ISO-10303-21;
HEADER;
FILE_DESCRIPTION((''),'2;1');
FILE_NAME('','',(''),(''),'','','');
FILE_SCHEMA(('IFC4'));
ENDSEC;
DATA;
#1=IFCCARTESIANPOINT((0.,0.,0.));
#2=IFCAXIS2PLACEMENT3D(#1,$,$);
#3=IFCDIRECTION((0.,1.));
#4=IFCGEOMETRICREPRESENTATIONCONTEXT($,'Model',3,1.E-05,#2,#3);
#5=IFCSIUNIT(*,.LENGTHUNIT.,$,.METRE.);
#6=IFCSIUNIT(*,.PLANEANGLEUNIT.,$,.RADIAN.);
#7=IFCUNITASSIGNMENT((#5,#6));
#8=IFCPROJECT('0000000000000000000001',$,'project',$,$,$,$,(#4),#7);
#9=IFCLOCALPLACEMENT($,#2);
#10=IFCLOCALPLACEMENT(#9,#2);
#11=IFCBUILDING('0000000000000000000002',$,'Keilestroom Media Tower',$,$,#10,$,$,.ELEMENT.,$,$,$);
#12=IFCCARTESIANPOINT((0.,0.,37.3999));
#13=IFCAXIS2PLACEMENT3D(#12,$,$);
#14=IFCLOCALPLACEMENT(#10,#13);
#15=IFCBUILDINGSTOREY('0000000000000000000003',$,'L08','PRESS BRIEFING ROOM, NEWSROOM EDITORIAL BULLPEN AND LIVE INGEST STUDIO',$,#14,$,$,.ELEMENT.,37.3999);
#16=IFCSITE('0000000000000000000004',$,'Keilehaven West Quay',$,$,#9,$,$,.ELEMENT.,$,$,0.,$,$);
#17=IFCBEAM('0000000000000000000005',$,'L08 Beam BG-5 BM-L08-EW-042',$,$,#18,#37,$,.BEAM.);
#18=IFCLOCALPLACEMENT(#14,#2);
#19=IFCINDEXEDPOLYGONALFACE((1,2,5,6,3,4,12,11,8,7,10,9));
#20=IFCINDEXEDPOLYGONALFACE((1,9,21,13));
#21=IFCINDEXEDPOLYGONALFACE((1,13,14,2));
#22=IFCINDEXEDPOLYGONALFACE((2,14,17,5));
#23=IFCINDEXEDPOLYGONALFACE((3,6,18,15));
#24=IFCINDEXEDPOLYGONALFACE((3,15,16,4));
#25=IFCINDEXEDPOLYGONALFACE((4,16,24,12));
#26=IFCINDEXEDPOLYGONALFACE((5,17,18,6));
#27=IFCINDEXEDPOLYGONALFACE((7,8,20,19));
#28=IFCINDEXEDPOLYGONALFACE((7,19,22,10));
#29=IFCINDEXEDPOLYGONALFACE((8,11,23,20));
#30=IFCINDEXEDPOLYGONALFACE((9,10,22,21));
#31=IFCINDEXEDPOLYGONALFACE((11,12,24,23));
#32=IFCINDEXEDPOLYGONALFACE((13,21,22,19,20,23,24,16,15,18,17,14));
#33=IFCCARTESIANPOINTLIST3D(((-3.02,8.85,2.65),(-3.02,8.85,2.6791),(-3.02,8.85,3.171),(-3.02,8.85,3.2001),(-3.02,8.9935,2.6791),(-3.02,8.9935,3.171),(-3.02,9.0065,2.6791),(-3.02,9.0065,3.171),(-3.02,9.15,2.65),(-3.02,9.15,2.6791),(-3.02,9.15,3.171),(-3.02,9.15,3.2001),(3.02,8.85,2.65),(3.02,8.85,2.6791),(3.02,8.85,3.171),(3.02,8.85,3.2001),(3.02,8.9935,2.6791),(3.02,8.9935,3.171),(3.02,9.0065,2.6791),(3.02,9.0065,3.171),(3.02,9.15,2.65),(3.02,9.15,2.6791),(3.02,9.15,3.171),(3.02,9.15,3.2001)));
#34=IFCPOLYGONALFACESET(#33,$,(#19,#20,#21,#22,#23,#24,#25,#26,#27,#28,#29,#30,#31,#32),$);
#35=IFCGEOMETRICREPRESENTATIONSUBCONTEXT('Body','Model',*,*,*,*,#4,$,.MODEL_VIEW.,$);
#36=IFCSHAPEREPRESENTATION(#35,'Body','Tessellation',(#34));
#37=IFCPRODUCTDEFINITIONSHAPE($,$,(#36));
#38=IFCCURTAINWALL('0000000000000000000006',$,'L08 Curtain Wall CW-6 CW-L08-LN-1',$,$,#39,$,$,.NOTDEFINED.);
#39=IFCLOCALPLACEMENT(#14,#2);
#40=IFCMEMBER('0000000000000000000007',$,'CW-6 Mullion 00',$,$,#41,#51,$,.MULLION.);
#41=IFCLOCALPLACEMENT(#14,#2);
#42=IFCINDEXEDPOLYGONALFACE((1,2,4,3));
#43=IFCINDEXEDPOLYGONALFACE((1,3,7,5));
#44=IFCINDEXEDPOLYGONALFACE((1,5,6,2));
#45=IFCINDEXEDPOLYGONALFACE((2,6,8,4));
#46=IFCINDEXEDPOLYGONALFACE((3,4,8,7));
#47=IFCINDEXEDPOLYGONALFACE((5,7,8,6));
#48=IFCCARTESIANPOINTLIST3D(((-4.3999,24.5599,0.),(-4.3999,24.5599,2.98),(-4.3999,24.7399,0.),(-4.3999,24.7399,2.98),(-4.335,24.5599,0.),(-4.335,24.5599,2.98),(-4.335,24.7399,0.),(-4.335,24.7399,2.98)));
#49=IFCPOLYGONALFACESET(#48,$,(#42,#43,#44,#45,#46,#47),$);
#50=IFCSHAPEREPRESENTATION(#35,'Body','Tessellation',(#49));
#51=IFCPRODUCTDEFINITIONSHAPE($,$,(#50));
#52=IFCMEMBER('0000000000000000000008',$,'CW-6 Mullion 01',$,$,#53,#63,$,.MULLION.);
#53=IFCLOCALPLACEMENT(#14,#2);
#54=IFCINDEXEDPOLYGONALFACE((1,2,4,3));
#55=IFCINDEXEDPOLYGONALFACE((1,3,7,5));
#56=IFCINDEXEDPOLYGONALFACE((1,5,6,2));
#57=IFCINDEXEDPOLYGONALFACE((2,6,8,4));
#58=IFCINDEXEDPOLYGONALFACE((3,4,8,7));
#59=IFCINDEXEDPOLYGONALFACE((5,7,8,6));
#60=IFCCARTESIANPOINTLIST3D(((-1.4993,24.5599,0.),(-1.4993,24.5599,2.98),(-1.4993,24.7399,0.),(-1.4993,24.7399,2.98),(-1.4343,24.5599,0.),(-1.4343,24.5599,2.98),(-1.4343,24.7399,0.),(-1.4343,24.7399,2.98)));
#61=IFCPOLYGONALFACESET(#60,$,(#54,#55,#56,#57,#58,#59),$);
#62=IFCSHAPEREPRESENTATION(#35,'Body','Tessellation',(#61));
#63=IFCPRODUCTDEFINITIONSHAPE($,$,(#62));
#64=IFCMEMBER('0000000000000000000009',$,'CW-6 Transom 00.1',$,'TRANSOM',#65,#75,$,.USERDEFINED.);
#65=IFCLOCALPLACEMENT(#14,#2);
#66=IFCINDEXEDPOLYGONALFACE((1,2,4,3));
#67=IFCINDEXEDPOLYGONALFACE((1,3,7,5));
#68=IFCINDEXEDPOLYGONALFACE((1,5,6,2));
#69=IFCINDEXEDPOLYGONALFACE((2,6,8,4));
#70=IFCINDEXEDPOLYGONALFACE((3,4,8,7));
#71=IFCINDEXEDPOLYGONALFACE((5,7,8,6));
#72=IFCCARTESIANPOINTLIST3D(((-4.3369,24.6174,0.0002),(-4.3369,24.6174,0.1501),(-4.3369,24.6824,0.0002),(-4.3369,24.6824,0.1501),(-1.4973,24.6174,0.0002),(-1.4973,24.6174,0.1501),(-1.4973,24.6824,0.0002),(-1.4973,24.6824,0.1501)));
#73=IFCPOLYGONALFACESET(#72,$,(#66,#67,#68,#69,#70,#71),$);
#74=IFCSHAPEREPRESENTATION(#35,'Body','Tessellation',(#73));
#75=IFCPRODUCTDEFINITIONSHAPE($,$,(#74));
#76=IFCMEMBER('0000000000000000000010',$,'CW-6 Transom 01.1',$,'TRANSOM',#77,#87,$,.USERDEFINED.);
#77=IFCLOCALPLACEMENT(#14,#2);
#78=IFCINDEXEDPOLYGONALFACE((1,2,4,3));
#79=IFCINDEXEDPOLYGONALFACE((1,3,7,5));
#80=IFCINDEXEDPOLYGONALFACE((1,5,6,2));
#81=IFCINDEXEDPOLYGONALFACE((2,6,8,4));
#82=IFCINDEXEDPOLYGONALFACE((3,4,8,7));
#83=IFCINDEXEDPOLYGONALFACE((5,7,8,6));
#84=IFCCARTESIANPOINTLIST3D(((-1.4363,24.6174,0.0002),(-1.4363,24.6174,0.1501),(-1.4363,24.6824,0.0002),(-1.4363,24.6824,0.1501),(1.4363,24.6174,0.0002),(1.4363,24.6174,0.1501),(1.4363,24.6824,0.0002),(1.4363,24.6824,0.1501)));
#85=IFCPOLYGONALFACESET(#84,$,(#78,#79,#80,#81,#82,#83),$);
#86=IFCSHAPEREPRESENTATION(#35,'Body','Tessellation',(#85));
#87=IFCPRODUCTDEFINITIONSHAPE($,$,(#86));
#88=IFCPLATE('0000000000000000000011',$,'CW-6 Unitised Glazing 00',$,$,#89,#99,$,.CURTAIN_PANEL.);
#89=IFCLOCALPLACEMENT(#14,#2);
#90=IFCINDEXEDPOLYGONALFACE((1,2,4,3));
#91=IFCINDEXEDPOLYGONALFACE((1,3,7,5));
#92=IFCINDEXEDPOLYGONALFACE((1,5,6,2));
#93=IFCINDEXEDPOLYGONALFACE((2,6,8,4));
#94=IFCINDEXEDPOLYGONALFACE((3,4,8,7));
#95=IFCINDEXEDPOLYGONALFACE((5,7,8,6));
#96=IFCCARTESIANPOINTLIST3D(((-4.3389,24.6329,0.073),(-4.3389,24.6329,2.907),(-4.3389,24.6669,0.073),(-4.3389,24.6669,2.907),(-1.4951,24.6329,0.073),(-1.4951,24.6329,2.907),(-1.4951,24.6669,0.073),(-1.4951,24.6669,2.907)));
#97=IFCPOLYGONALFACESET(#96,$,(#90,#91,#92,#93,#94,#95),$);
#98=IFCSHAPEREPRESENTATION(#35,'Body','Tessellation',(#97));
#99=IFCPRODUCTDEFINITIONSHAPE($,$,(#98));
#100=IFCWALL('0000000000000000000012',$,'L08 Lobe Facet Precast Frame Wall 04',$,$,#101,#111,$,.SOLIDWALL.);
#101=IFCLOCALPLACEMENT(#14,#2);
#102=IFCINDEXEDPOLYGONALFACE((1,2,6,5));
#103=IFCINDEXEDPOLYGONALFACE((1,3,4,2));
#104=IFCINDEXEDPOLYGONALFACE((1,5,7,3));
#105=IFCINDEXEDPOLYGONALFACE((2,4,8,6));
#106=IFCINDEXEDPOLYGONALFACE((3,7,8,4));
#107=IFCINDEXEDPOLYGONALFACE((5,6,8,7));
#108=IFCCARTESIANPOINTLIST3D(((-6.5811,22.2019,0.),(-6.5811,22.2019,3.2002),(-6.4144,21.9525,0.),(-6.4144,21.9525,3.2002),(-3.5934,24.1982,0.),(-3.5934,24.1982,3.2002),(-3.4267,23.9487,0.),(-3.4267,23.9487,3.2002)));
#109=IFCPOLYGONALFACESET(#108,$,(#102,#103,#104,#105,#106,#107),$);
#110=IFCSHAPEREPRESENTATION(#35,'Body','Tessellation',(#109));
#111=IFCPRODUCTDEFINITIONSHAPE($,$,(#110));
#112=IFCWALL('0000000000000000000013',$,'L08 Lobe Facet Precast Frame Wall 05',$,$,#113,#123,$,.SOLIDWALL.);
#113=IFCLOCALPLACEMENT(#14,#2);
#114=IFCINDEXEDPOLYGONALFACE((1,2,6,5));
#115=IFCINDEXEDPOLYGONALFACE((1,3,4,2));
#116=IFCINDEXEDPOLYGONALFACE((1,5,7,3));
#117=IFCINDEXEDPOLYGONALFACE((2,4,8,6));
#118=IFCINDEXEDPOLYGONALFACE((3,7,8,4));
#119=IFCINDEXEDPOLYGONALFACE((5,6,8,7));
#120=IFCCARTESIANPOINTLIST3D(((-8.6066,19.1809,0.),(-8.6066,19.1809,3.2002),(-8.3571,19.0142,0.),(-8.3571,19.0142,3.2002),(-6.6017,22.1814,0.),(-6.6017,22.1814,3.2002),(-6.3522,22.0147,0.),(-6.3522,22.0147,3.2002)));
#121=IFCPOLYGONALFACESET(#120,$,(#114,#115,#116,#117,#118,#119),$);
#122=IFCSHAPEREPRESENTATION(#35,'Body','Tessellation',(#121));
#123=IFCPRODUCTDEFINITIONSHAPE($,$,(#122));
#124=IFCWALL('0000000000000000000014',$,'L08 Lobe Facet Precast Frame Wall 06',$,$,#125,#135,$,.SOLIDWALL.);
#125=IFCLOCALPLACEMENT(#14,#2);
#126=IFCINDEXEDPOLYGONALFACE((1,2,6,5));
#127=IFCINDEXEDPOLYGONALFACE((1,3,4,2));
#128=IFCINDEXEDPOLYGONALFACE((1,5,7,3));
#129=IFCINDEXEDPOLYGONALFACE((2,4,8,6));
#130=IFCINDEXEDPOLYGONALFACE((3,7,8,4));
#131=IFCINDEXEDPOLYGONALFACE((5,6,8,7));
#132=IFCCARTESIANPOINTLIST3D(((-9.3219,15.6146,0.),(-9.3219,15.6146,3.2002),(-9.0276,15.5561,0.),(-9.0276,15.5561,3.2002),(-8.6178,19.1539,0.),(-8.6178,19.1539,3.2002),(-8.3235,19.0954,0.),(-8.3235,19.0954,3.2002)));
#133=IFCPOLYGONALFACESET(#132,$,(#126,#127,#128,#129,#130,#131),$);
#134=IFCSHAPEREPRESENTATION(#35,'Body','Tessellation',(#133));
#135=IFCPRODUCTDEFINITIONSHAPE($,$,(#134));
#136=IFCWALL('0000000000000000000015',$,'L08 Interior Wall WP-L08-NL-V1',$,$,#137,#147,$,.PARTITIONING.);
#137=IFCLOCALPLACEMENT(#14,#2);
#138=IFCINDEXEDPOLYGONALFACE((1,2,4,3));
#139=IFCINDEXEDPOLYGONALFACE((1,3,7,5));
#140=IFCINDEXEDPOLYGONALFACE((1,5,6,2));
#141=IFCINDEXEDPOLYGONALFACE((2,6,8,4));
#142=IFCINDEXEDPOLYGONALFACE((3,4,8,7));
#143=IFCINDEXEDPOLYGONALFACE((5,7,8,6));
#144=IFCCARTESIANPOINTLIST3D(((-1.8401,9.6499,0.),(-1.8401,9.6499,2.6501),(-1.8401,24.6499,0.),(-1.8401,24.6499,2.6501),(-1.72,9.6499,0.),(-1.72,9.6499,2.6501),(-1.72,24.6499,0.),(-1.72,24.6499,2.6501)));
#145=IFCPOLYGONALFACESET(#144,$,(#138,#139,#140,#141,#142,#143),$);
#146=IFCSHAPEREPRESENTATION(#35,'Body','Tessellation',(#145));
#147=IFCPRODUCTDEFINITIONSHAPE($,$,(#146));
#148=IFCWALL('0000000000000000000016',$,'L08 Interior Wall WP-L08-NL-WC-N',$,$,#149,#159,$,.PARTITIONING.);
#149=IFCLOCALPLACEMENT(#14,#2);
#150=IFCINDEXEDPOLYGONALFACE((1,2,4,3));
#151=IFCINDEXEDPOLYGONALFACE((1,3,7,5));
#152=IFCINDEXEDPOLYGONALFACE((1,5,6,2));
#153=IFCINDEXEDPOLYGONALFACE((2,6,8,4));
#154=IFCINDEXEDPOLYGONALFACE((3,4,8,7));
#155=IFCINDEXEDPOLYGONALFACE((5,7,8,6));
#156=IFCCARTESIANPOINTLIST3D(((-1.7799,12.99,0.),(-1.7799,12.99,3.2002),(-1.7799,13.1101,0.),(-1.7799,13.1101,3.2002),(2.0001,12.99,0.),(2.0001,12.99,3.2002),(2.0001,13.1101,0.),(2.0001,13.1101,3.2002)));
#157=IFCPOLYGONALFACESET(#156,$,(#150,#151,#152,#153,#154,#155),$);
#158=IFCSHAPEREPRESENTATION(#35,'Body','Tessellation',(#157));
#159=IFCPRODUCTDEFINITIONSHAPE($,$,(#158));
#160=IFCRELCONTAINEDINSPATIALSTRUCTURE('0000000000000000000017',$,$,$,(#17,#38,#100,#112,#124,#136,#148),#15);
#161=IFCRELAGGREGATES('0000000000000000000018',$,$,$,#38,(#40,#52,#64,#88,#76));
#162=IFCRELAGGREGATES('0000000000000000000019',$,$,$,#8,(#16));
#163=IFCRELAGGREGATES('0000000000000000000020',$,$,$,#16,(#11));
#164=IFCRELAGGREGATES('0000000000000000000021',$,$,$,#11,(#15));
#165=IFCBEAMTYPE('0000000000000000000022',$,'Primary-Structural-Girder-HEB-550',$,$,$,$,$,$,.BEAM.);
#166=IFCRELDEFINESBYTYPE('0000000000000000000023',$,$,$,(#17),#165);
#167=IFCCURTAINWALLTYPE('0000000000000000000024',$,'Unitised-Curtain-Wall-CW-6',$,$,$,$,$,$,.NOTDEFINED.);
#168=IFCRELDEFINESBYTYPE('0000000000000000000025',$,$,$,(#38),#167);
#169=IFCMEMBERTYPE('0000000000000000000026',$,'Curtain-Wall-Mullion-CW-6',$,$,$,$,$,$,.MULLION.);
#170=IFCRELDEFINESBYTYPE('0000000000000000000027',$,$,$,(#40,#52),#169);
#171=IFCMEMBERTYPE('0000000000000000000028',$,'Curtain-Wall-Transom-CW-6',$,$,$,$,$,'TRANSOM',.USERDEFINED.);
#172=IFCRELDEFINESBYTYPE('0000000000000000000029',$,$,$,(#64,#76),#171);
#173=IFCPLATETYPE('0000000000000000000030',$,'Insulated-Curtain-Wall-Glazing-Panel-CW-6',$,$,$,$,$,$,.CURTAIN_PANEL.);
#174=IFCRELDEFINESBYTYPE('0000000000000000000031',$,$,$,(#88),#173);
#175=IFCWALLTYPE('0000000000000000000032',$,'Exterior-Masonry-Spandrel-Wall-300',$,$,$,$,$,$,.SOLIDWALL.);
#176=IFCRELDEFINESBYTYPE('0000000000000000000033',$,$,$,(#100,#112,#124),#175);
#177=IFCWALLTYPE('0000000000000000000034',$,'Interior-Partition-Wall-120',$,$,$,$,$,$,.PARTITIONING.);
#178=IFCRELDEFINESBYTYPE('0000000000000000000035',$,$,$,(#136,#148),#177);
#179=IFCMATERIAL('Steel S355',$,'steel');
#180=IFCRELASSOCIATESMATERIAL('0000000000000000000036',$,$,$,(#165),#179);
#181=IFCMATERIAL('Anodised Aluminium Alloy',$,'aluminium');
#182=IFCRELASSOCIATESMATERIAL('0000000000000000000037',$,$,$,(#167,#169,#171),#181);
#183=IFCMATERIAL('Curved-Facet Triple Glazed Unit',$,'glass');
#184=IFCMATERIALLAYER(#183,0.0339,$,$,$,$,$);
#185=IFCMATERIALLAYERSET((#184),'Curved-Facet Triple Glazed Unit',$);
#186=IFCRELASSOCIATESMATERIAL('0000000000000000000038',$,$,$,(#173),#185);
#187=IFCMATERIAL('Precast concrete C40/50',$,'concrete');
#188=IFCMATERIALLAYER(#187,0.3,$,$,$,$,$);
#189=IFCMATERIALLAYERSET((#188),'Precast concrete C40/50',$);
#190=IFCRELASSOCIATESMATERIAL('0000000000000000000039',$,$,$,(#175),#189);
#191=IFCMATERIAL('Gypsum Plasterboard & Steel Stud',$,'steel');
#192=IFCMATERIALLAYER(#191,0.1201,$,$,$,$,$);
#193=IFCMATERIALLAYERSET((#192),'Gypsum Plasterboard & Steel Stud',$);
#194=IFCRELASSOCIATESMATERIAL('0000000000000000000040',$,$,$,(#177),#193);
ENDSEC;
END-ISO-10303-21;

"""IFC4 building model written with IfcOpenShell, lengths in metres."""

from ifc_helpers import new_model, si_unit, direction, frame, frame_2d, origin, origin_2d, place, context, subcontext, project, spatial, rectangle, i_section, extrude, source, transform, mapped, material, layer, layer_set, material_profile, profile_set, type_object, element, aggregate, save


model = new_model("IFC4")

# Units and contexts
model_context = context("Model", 3, precision=1e-05, world=origin(), true_north=direction((0.0, 1.0)))
body_context = subcontext(model_context, "Body", "Model", "MODEL_VIEW")
ifc_project = project(units=[si_unit("LENGTHUNIT", "METRE"), si_unit("PLANEANGLEUNIT", "RADIAN")], contexts=[model_context])

# Site, building, storey
site_placement = place(None, origin())
site = spatial("IfcSite", under=ifc_project, at=site_placement, Name="Keilehaven West Quay", CompositionType="ELEMENT", RefElevation=0.0)
building_placement = place(site_placement, origin())
building = spatial("IfcBuilding", under=site, at=building_placement, Name="Keilestroom Media Tower", CompositionType="ELEMENT")
storey_placement = place(building_placement, frame((0.0, 0.0, 37.3999)))
storey = spatial("IfcBuildingStorey", under=building, at=storey_placement, Name="L08", Description="PRESS BRIEFING ROOM, NEWSROOM EDITORIAL BULLPEN AND LIVE INGEST STUDIO", CompositionType="ELEMENT", Elevation=37.3999)

# Beam
ifc_material_1 = material(Name="Steel S355", Category="steel")
ifc_material_profile_1 = material_profile(ifc_material_1, i_section(OverallWidth=0.3, OverallDepth=0.55, WebThickness=0.0129, FlangeThickness=0.0291, at=origin_2d()), Name="HEB 550")
ifc_profile_set_1 = profile_set([ifc_material_profile_1], Name="Steel S355")
beam_type = type_object("IfcBeamType", Name="Primary-Structural-Girder-HEB-550", PredefinedType="BEAM", material=ifc_profile_set_1)
shared_shape_1 = source(origin(), body_context, "Body", "SweptSolid", [
    extrude(i_section(OverallWidth=0.3, OverallDepth=0.55, WebThickness=0.0129, FlangeThickness=0.0291, at=origin_2d()), origin(), (0.0, 0.0, 1.0), 6.04),
])
beam_1_placement = place(storey_placement, frame((-3.02, 9.0, 2.925), z_axis=(1.0, 0.0, 0.0), x_axis=(0.0, 1.0, 0.0)))
element("IfcBeam", 1, at=beam_1_placement, inside=storey, type_object=beam_type, Name="L08 Beam BG-5 BM-L08-EW-042", PredefinedType="BEAM", context=body_context, shape_type="MappedRepresentation", body=[
    mapped(shared_shape_1, transform((0.0, 0.0, 0.0), x_axis=(1.0, 0.0, 0.0), y_axis=(0.0, 1.0, 0.0), z_axis=(0.0, 0.0, 1.0), scale=1.0)),
])

# Curtain wall, members, plate
ifc_material_2 = material(Name="Anodised Aluminium Alloy", Category="aluminium")
curtain_wall_type = type_object("IfcCurtainWallType", Name="Unitised-Curtain-Wall-CW-6", PredefinedType="NOTDEFINED", material=ifc_material_2)
curtain_wall_placement = place(storey_placement, origin())
curtain_wall = element("IfcCurtainWall", 2, at=curtain_wall_placement, inside=storey, type_object=curtain_wall_type, Name="L08 Curtain Wall CW-6 CW-L08-LN-1", PredefinedType="NOTDEFINED")
ifc_material_profile_2 = material_profile(ifc_material_2, rectangle(XDim=0.0649, YDim=0.1799, at=origin_2d()), Name="ALU MULLION 65x180")
ifc_profile_set_2 = profile_set([ifc_material_profile_2], Name="Anodised Aluminium Alloy")
member_type_1 = type_object("IfcMemberType", Name="Curtain-Wall-Mullion-CW-6", PredefinedType="MULLION", material=ifc_profile_set_2)
shared_shape_2 = source(origin(), body_context, "Body", "SweptSolid", [
    extrude(rectangle(XDim=0.0649, YDim=0.1799, at=origin_2d()), origin(), (0.0, 0.0, 1.0), 2.98),
])
member_1_placement = place(storey_placement, frame((-4.3674, 24.6499, 0.0), z_axis=(0.0, 0.0, 1.0), x_axis=(1.0, 0.0, 0.0)))
member_1 = element("IfcMember", 3, at=member_1_placement, type_object=member_type_1, Name="CW-6 Mullion 00", PredefinedType="MULLION", context=body_context, shape_type="MappedRepresentation", body=[
    mapped(shared_shape_2, transform((0.0, 0.0, 0.0), x_axis=(1.0, 0.0, 0.0), y_axis=(0.0, 1.0, 0.0), z_axis=(0.0, 0.0, 1.0), scale=1.0)),
])
member_2_placement = place(storey_placement, frame((-1.4668, 24.6499, 0.0), z_axis=(0.0, 0.0, 1.0), x_axis=(1.0, 0.0, 0.0)))
member_2 = element("IfcMember", 4, at=member_2_placement, type_object=member_type_1, Name="CW-6 Mullion 01", PredefinedType="MULLION", context=body_context, shape_type="MappedRepresentation", body=[
    mapped(shared_shape_2, transform((0.0, 0.0, 0.0), x_axis=(1.0, 0.0, 0.0), y_axis=(0.0, 1.0, 0.0), z_axis=(0.0, 0.0, 1.0), scale=1.0)),
])
ifc_material_profile_3 = material_profile(ifc_material_2, rectangle(XDim=0.0649, YDim=0.1499, at=origin_2d()), Name="ALU TRANSOM 65x150")
ifc_profile_set_3 = profile_set([ifc_material_profile_3], Name="Anodised Aluminium Alloy")
member_type_2 = type_object("IfcMemberType", Name="Curtain-Wall-Transom-CW-6", ElementType="TRANSOM", PredefinedType="USERDEFINED", material=ifc_profile_set_3)
shared_shape_3 = source(origin(), body_context, "Body", "SweptSolid", [
    extrude(rectangle(XDim=0.0649, YDim=0.1499, at=origin_2d()), origin(), (0.0, 0.0, 1.0), 2.8396),
])
member_3_placement = place(storey_placement, frame((-4.3369, 24.6499, 0.0752), z_axis=(1.0, 0.0, 0.0), x_axis=(0.0, 1.0, 0.0)))
member_3 = element("IfcMember", 5, at=member_3_placement, type_object=member_type_2, Name="CW-6 Transom 00.1", ObjectType="TRANSOM", PredefinedType="USERDEFINED", context=body_context, shape_type="MappedRepresentation", body=[
    mapped(shared_shape_3, transform((0.0, 0.0, 0.0), x_axis=(1.0, 0.0, 0.0), y_axis=(0.0, 1.0, 0.0), z_axis=(0.0, 0.0, 1.0), scale=1.0)),
])
shared_shape_4 = source(origin(), body_context, "Body", "SweptSolid", [
    extrude(rectangle(XDim=0.0649, YDim=0.1499, at=origin_2d()), origin(), (0.0, 0.0, 1.0), 2.8726),
])
member_4_placement = place(storey_placement, frame((-1.4363, 24.6499, 0.0752), z_axis=(1.0, 0.0, 0.0), x_axis=(0.0, 1.0, 0.0)))
member_4 = element("IfcMember", 6, at=member_4_placement, type_object=member_type_2, Name="CW-6 Transom 01.1", ObjectType="TRANSOM", PredefinedType="USERDEFINED", context=body_context, shape_type="MappedRepresentation", body=[
    mapped(shared_shape_4, transform((0.0, 0.0, 0.0), x_axis=(1.0, 0.0, 0.0), y_axis=(0.0, 1.0, 0.0), z_axis=(0.0, 0.0, 1.0), scale=1.0)),
])
ifc_material_3 = material(Name="Curved-Facet Triple Glazed Unit", Category="glass")
ifc_layer_1 = layer(ifc_material_3, 0.0339)
ifc_layer_set_1 = layer_set([ifc_layer_1], Name="Curved-Facet Triple Glazed Unit")
plate_type = type_object("IfcPlateType", Name="Insulated-Curtain-Wall-Glazing-Panel-CW-6", PredefinedType="CURTAIN_PANEL", material=ifc_layer_set_1)
shared_shape_5 = source(origin(), body_context, "Body", "SweptSolid", [
    extrude(rectangle(XDim=2.8438, YDim=0.0339, at=origin_2d()), origin(), (0.0, 0.0, 1.0), 2.834),
])
plate_placement = place(storey_placement, frame((-2.917, 24.6499, 0.073), z_axis=(0.0, 0.0, 1.0), x_axis=(1.0, 0.0, 0.0)))
plate = element("IfcPlate", 7, at=plate_placement, type_object=plate_type, Name="CW-6 Unitised Glazing 00", PredefinedType="CURTAIN_PANEL", context=body_context, shape_type="MappedRepresentation", body=[
    mapped(shared_shape_5, transform((0.0, 0.0, 0.0), x_axis=(1.0, 0.0, 0.0), y_axis=(0.0, 1.0, 0.0), z_axis=(0.0, 0.0, 1.0), scale=1.0)),
])
aggregate(curtain_wall, [member_1, member_2, member_3, plate, member_4])

# Walls
ifc_material_4 = material(Name="Precast concrete C40/50", Category="concrete")
ifc_layer_2 = layer(ifc_material_4, 0.3)
ifc_layer_set_2 = layer_set([ifc_layer_2], Name="Precast concrete C40/50")
wall_type_1 = type_object("IfcWallType", Name="Exterior-Masonry-Spandrel-Wall-300", PredefinedType="SOLIDWALL", material=ifc_layer_set_2)
wall_1_placement = place(storey_placement, frame((-3.51, 24.0735, 0.0), z_axis=(0.0, 0.0, 1.0), x_axis=(-0.831475, -0.555562, 0.0)))
element("IfcWall", 8, at=wall_1_placement, inside=storey, type_object=wall_type_1, Name="L08 Lobe Facet Precast Frame Wall 04", PredefinedType="SOLIDWALL", context=body_context, shape_type="SweptSolid", body=[
    extrude(rectangle(XDim=3.5933, YDim=0.3, at=frame_2d((1.7966, 0.0))), origin(), (0.0, 0.0, 1.0), 3.2002),
])
for number, where, z_axis, x_axis, name in (
    (9, (-6.4771, 22.0979, 0.0), (0.0, 0.0, 1.0), (-0.555574, -0.831467, 0.0), "L08 Lobe Facet Precast Frame Wall 05"),
    (10, (-8.4707, 19.1245, 0.0), (0.0, 0.0, 1.0), (-0.195114, -0.980781, 0.0), "L08 Lobe Facet Precast Frame Wall 06"),
):
    element("IfcWall", number, at=place(storey_placement, frame(where, z_axis=z_axis, x_axis=x_axis)), inside=storey, type_object=wall_type_1, Name=name, PredefinedType="SOLIDWALL", context=body_context, shape_type="SweptSolid", body=[
        extrude(rectangle(XDim=3.6086, YDim=0.3, at=frame_2d((1.8042, 0.0))), origin(), (0.0, 0.0, 1.0), 3.2002),
    ])
ifc_material_5 = material(Name="Gypsum Plasterboard & Steel Stud", Category="steel")
ifc_layer_3 = layer(ifc_material_5, 0.1201)
ifc_layer_set_3 = layer_set([ifc_layer_3], Name="Gypsum Plasterboard & Steel Stud")
wall_type_2 = type_object("IfcWallType", Name="Interior-Partition-Wall-120", PredefinedType="PARTITIONING", material=ifc_layer_set_3)
wall_2_placement = place(storey_placement, frame((-1.78, 9.6499, 0.0), z_axis=(0.0, 0.0, 1.0), x_axis=(0.0, 1.0, 0.0)))
element("IfcWall", 11, at=wall_2_placement, inside=storey, type_object=wall_type_2, Name="L08 Interior Wall WP-L08-NL-V1", PredefinedType="PARTITIONING", context=body_context, shape_type="SweptSolid", body=[
    extrude(rectangle(XDim=15.0, YDim=0.1201, at=frame_2d((7.5, 0.0))), origin(), (0.0, 0.0, 1.0), 2.6501),
])
wall_3_placement = place(storey_placement, frame((-1.78, 13.05, 0.0), z_axis=(0.0, 0.0, 1.0), x_axis=(1.0, 0.0, 0.0)))
element("IfcWall", 12, at=wall_3_placement, inside=storey, type_object=wall_type_2, Name="L08 Interior Wall WP-L08-NL-WC-N", PredefinedType="PARTITIONING", context=body_context, shape_type="SweptSolid", body=[
    extrude(rectangle(XDim=3.78, YDim=0.1201, at=frame_2d((1.8901, 0.0))), origin(), (0.0, 0.0, 1.0), 3.2002),
])

save(model, "model.ifc")
